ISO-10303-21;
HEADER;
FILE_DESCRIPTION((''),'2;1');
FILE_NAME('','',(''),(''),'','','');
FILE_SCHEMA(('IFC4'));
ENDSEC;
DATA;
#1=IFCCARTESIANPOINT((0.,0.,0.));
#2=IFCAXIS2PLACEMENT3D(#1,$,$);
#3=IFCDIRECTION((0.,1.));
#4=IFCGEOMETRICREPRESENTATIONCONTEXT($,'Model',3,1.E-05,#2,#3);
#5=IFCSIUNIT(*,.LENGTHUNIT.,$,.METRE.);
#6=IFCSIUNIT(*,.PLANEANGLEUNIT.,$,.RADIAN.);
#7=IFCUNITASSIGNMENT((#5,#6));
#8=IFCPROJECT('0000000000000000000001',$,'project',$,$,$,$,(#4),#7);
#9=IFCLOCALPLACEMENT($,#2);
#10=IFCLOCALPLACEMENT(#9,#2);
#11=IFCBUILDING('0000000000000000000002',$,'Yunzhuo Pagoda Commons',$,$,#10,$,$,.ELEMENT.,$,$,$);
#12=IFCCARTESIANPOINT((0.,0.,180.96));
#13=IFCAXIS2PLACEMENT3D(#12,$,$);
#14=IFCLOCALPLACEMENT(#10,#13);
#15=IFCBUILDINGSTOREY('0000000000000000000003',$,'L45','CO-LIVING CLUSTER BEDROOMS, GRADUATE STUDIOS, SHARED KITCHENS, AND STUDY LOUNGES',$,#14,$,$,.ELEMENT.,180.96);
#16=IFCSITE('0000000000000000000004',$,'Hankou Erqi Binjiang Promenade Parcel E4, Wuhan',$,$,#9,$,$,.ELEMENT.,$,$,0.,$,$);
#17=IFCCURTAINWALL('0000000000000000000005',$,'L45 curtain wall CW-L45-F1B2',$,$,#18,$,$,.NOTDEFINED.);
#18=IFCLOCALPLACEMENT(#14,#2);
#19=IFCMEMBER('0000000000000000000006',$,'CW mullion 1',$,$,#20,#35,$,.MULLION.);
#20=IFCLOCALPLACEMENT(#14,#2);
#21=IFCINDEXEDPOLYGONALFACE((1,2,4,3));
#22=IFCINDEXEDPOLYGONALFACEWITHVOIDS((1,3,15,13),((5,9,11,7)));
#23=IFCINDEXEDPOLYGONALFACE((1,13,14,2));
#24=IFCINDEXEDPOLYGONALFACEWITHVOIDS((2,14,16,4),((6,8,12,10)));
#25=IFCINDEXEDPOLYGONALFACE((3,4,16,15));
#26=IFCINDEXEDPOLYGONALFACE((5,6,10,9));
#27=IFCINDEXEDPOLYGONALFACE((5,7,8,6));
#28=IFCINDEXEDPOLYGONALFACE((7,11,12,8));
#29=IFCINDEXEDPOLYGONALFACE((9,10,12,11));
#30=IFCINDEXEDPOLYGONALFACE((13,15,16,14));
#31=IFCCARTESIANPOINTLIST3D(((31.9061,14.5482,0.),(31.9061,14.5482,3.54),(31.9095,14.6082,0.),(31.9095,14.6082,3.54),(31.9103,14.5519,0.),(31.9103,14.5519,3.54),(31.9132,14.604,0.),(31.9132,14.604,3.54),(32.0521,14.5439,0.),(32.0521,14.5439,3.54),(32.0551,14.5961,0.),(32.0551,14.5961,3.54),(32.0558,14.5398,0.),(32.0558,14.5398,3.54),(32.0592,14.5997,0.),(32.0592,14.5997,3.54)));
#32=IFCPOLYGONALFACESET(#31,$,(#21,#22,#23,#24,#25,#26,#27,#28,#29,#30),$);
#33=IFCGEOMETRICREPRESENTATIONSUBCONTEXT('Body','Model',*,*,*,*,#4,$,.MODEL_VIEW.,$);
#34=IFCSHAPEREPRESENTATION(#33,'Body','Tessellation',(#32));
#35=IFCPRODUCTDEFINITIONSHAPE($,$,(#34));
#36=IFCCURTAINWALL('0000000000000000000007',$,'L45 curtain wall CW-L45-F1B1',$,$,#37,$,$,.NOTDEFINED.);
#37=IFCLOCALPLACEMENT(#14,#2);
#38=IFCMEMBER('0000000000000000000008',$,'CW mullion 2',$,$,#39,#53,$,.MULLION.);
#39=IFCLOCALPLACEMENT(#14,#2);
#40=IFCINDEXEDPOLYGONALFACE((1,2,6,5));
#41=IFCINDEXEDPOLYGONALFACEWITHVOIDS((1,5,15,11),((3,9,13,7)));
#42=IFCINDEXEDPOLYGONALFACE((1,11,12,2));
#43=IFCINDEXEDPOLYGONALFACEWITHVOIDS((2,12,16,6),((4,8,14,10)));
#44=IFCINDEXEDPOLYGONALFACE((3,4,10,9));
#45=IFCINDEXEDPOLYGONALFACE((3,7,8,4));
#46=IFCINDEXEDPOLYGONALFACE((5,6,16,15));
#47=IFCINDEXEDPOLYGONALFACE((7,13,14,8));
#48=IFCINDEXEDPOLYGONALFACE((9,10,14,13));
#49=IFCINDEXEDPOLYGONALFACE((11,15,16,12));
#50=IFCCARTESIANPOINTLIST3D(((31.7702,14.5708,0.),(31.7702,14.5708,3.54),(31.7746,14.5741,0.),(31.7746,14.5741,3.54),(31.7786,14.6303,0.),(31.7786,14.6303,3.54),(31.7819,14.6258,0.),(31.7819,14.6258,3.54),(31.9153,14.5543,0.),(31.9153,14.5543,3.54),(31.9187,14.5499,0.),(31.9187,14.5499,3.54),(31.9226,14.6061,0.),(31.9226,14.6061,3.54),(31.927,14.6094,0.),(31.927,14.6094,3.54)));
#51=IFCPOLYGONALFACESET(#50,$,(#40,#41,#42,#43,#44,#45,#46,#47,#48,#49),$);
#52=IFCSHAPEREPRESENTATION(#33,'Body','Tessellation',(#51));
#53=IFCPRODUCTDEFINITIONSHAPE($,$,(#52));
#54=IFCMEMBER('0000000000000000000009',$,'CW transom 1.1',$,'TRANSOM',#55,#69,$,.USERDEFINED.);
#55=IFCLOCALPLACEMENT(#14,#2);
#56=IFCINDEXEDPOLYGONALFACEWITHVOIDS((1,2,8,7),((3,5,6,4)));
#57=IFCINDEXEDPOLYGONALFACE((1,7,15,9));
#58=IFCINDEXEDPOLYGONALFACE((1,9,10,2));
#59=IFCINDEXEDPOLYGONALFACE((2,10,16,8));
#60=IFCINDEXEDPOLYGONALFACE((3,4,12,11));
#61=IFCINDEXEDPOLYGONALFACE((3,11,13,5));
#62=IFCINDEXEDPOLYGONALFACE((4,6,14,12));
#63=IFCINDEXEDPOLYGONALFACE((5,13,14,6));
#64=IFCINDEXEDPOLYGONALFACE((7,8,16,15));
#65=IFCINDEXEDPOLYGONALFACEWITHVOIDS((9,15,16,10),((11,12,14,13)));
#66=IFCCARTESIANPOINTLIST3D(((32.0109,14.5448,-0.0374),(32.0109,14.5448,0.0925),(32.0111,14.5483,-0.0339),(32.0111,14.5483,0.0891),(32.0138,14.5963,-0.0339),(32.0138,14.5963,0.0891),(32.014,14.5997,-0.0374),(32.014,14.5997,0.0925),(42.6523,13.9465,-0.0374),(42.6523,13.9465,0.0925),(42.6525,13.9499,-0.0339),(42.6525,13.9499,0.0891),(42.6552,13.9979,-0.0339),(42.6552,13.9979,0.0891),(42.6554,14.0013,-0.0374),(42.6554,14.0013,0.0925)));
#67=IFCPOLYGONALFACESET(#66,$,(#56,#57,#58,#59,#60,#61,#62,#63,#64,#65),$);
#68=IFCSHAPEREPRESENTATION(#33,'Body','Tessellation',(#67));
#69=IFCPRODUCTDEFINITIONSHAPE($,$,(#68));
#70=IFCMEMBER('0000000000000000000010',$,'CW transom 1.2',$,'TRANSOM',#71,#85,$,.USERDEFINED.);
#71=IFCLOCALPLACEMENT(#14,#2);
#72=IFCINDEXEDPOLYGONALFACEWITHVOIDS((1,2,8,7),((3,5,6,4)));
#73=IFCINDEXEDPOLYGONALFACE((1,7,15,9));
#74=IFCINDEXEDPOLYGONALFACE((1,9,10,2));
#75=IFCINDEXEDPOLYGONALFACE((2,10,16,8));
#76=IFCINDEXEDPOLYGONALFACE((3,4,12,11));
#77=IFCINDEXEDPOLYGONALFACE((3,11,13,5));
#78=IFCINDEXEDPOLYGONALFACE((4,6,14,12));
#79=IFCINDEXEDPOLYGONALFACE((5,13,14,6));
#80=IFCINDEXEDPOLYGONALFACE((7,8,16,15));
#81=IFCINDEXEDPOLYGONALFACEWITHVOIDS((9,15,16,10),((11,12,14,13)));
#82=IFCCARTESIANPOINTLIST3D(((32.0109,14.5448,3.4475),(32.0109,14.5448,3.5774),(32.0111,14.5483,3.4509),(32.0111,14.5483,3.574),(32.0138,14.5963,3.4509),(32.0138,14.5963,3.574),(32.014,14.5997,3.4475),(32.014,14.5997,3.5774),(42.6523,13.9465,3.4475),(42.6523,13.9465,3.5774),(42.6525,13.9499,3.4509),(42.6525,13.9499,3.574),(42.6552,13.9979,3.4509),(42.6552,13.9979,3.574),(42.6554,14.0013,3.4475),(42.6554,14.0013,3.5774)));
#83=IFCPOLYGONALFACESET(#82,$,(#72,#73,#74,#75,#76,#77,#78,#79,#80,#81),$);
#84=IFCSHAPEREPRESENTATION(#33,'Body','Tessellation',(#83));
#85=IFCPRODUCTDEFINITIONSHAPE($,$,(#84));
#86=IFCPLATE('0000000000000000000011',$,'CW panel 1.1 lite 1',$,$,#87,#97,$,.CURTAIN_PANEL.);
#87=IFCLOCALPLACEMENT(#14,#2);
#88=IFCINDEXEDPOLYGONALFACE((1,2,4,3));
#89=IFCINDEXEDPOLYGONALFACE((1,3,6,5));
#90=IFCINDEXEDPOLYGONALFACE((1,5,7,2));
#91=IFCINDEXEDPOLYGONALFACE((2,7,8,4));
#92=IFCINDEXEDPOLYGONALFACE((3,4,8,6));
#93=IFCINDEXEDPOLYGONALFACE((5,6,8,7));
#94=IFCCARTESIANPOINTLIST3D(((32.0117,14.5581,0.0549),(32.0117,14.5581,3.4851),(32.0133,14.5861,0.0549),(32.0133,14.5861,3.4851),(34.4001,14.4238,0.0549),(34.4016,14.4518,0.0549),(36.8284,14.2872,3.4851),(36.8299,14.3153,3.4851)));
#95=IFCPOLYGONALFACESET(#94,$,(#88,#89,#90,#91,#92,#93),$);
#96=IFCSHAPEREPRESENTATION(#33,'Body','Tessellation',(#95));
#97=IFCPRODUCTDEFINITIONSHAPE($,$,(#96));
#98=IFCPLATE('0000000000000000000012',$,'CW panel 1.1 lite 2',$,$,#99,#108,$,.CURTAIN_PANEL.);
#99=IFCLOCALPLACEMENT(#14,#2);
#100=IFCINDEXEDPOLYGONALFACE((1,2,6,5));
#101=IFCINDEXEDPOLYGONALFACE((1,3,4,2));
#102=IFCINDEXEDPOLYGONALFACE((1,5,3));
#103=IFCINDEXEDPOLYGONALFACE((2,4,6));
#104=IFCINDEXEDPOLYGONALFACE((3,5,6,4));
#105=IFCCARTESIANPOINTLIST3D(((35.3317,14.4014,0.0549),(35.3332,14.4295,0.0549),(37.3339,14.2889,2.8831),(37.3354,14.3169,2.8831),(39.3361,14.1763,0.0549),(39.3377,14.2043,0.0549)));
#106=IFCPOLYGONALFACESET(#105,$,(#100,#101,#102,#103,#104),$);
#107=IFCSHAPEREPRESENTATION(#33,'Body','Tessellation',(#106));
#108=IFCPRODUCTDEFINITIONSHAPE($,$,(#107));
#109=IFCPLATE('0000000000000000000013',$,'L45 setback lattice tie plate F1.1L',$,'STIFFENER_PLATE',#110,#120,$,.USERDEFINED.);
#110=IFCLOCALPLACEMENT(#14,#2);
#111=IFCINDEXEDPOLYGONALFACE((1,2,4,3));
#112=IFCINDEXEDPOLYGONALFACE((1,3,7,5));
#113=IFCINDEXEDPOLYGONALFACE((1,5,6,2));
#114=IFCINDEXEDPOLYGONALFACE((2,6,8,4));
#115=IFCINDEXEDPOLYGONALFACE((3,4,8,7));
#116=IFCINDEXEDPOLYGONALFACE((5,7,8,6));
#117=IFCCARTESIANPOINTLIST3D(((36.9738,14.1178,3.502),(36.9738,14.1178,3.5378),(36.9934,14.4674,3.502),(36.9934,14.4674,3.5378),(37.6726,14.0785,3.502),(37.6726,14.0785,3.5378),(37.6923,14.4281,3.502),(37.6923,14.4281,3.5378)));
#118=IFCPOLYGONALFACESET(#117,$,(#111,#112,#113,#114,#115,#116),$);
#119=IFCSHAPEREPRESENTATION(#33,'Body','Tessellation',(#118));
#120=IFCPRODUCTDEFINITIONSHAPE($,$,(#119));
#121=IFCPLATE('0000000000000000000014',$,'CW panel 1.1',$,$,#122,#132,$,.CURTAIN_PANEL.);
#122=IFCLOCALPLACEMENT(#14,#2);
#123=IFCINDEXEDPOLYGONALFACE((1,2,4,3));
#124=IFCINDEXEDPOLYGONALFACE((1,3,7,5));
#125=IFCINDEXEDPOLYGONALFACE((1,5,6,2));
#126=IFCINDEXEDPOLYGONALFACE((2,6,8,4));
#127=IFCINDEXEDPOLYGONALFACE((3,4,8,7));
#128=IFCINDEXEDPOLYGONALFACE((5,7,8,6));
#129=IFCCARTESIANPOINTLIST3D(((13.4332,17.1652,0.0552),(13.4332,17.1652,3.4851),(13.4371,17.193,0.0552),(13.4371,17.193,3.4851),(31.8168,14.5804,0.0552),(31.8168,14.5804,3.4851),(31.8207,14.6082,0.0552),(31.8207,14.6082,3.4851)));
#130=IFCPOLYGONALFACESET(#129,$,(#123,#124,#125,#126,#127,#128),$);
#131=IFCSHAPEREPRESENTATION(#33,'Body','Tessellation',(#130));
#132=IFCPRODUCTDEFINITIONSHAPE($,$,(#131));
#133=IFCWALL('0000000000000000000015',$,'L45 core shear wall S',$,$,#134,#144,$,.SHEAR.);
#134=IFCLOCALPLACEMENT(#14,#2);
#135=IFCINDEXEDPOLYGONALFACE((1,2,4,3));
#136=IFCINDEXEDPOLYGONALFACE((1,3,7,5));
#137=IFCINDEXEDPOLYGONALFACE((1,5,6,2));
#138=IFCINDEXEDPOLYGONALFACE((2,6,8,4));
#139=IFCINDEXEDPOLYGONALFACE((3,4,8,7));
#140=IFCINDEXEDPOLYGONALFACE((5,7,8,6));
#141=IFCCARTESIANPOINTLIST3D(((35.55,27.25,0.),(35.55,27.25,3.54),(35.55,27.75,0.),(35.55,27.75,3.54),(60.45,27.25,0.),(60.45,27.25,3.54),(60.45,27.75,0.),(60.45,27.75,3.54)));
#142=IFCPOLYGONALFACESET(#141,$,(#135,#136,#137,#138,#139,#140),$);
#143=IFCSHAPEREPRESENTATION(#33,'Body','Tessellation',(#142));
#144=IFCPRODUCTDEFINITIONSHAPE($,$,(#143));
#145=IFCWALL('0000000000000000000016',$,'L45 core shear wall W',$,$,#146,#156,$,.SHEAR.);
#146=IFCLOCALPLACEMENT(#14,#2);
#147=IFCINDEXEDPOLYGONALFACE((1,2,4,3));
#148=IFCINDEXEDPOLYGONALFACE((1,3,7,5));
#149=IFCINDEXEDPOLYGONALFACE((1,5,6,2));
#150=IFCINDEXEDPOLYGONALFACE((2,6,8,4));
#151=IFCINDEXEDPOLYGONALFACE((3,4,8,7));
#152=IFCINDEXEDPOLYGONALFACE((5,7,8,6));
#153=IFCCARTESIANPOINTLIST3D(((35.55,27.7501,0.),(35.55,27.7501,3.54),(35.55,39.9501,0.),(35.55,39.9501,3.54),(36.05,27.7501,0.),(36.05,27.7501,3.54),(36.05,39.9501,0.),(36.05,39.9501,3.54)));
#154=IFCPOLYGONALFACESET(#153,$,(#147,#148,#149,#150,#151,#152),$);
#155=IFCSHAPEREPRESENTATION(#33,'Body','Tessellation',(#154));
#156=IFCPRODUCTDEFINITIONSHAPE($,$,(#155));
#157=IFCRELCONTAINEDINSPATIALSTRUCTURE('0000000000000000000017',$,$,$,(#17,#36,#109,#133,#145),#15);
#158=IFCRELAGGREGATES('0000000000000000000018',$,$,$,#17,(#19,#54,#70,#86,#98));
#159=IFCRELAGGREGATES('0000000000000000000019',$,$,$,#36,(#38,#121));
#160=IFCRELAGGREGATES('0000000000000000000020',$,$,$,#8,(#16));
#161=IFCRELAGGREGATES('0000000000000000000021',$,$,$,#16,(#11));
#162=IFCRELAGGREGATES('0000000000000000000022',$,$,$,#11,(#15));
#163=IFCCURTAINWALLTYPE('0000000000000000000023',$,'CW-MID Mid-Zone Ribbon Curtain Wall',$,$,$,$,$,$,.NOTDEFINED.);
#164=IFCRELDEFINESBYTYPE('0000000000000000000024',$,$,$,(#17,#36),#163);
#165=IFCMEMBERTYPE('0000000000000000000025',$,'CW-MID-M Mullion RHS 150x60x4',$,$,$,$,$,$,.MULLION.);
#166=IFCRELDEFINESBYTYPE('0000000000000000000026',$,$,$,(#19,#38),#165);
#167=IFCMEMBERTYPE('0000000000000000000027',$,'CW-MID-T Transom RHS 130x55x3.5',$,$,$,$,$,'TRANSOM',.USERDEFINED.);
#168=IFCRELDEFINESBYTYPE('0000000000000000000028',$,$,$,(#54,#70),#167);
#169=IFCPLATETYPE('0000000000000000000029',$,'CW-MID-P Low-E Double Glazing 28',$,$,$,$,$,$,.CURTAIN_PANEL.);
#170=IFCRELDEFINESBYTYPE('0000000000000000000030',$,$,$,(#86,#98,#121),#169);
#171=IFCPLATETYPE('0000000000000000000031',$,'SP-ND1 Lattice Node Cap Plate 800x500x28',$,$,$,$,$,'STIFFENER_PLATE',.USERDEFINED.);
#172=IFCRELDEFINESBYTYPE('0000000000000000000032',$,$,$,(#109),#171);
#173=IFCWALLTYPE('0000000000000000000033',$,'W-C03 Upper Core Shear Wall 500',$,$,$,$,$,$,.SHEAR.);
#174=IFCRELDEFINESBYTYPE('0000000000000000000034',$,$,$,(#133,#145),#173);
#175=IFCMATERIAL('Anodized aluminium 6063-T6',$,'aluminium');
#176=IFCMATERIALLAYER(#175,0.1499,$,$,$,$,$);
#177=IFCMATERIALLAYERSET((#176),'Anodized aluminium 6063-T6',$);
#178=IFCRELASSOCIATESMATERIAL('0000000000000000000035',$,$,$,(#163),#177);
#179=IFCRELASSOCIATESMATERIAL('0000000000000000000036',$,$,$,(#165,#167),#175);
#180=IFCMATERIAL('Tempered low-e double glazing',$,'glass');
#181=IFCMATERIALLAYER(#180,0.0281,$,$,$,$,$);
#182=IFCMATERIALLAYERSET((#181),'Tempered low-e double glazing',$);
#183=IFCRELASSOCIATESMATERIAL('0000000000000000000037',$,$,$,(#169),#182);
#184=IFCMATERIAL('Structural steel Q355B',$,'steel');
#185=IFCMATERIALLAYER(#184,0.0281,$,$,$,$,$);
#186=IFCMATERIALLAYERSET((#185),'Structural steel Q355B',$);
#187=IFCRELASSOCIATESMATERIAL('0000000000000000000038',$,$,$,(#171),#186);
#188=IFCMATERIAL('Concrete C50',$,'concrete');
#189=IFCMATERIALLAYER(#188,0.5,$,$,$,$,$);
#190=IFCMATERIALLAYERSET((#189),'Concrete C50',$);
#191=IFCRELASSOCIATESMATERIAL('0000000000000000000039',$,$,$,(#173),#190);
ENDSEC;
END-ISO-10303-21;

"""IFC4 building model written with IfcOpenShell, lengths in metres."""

from ifc_helpers import new_model, si_unit, direction, frame, frame_2d, origin, origin_2d, place, context, subcontext, project, spatial, polyline, rectangle, hollow_rectangle, outline, extrude, source, transform, mapped, material, layer, layer_set, material_profile, profile_set, type_object, element, aggregate, save


model = new_model("IFC4")

# Units and contexts
model_context = context("Model", 3, precision=1e-05, world=origin(), true_north=direction((0.0, 1.0)))
body_context = subcontext(model_context, "Body", "Model", "MODEL_VIEW")
ifc_project = project(units=[si_unit("LENGTHUNIT", "METRE"), si_unit("PLANEANGLEUNIT", "RADIAN")], contexts=[model_context])

# Site, building, storey
site_placement = place(None, origin())
site = spatial("IfcSite", under=ifc_project, at=site_placement, Name="Hankou Erqi Binjiang Promenade Parcel E4, Wuhan", CompositionType="ELEMENT", RefElevation=0.0)
building_placement = place(site_placement, origin())
building = spatial("IfcBuilding", under=site, at=building_placement, Name="Yunzhuo Pagoda Commons", CompositionType="ELEMENT")
storey_placement = place(building_placement, frame((0.0, 0.0, 180.96)))
storey = spatial("IfcBuildingStorey", under=building, at=storey_placement, Name="L45", Description="CO-LIVING CLUSTER BEDROOMS, GRADUATE STUDIOS, SHARED KITCHENS, AND STUDY LOUNGES", CompositionType="ELEMENT", Elevation=180.96)

# Shared definitions
ifc_material_1 = material(Name="Structural steel Q355B", Category="steel")

# Curtain walls, members
ifc_material_2 = material(Name="Anodized aluminium 6063-T6", Category="aluminium")
ifc_layer_1 = layer(ifc_material_2, 0.1499)
ifc_layer_set_1 = layer_set([ifc_layer_1], Name="Anodized aluminium 6063-T6")
curtain_wall_type = type_object("IfcCurtainWallType", Name="CW-MID Mid-Zone Ribbon Curtain Wall", PredefinedType="NOTDEFINED", material=ifc_layer_set_1)
curtain_wall_1_placement = place(storey_placement, origin())
curtain_wall_1 = element("IfcCurtainWall", 1, at=curtain_wall_1_placement, inside=storey, type_object=curtain_wall_type, Name="L45 curtain wall CW-L45-F1B2", PredefinedType="NOTDEFINED")
ifc_material_profile_1 = material_profile(ifc_material_2, hollow_rectangle(XDim=0.0601, YDim=0.1499, WallThickness=0.0039, at=origin_2d()), Name="Anodized aluminium 6063-T6")
ifc_profile_set_1 = profile_set([ifc_material_profile_1], Name="Anodized aluminium 6063-T6")
member_type_1 = type_object("IfcMemberType", Name="CW-MID-M Mullion RHS 150x60x4", PredefinedType="MULLION", material=ifc_profile_set_1)
shared_shape_1 = source(origin(), body_context, "Body", "SweptSolid", [
    extrude(hollow_rectangle(XDim=0.0601, YDim=0.1499, WallThickness=0.0039, at=origin_2d()), origin(), (0.0, 0.0, 1.0), 3.54),
])
member_1_placement = place(storey_placement, frame((31.9827, 14.574, 0.0), z_axis=(0.0, 0.0, 1.0), x_axis=(0.056143, 0.998423, 0.0)))
member_1 = element("IfcMember", 2, at=member_1_placement, type_object=member_type_1, Name="CW mullion 1", PredefinedType="MULLION", context=body_context, shape_type="MappedRepresentation", body=[
    mapped(shared_shape_1, transform((0.0, 0.0, 0.0), scale=1.0)),
])
curtain_wall_2_placement = place(storey_placement, origin())
curtain_wall_2 = element("IfcCurtainWall", 3, at=curtain_wall_2_placement, inside=storey, type_object=curtain_wall_type, Name="L45 curtain wall CW-L45-F1B1", PredefinedType="NOTDEFINED")
member_2_placement = place(storey_placement, frame((31.8486, 14.5901, 0.0), z_axis=(0.0, 0.0, 1.0), x_axis=(0.139233, 0.99026, 0.0)))
member_2 = element("IfcMember", 4, at=member_2_placement, type_object=member_type_1, Name="CW mullion 2", PredefinedType="MULLION", context=body_context, shape_type="MappedRepresentation", body=[
    mapped(shared_shape_1, transform((0.0, 0.0, 0.0), scale=1.0)),
])

# Members
ifc_material_profile_2 = material_profile(ifc_material_2, hollow_rectangle(XDim=0.0549, YDim=0.1299, WallThickness=0.0034, at=origin_2d()), Name="Anodized aluminium 6063-T6")
ifc_profile_set_2 = profile_set([ifc_material_profile_2], Name="Anodized aluminium 6063-T6")
member_type_2 = type_object("IfcMemberType", Name="CW-MID-T Transom RHS 130x55x3.5", ElementType="TRANSOM", PredefinedType="USERDEFINED", material=ifc_profile_set_2)
shared_shape_2 = source(origin(), body_context, "Body", "SweptSolid", [
    extrude(hollow_rectangle(XDim=0.0549, YDim=0.1299, WallThickness=0.0034, at=origin_2d()), origin(), (0.0, 0.0, 1.0), 10.6582),
])
member_3_placement = place(storey_placement, frame((32.0125, 14.5723, 0.0276), z_axis=(0.998423, -0.056144, 0.0), x_axis=(0.056144, 0.998423, 0.0)))
member_3 = element("IfcMember", 5, at=member_3_placement, type_object=member_type_2, Name="CW transom 1.1", ObjectType="TRANSOM", PredefinedType="USERDEFINED", context=body_context, shape_type="MappedRepresentation", body=[
    mapped(shared_shape_2, transform((0.0, 0.0, 0.0), scale=1.0)),
])
member_4_placement = place(storey_placement, frame((32.0125, 14.5723, 3.5125), z_axis=(0.998423, -0.056144, 0.0), x_axis=(0.056144, 0.998423, 0.0)))
member_4 = element("IfcMember", 6, at=member_4_placement, type_object=member_type_2, Name="CW transom 1.2", ObjectType="TRANSOM", PredefinedType="USERDEFINED", context=body_context, shape_type="MappedRepresentation", body=[
    mapped(shared_shape_2, transform((0.0, 0.0, 0.0), scale=1.0)),
])

# Plates
ifc_material_3 = material(Name="Tempered low-e double glazing", Category="glass")
ifc_layer_2 = layer(ifc_material_3, 0.0281)
ifc_layer_set_2 = layer_set([ifc_layer_2], Name="Tempered low-e double glazing")
plate_type_1 = type_object("IfcPlateType", Name="CW-MID-P Low-E Double Glazing 28", PredefinedType="CURTAIN_PANEL", material=ifc_layer_set_2)
plate_1_placement = place(storey_placement, frame((34.4216, 14.4507, 1.77), z_axis=(-0.056143, -0.998423, 0.0), x_axis=(0.998423, -0.056143, 0.0)))
plate_1 = element("IfcPlate", 7, at=plate_1_placement, type_object=plate_type_1, Name="CW panel 1.1 lite 1", PredefinedType="CURTAIN_PANEL", context=body_context, shape_type="SweptSolid", body=[
    extrude(outline(polyline([(-2.4121, -1.7151), (-0.02, -1.7151), (2.4121, 1.7151), (-2.4121, 1.7151), (-2.4121, -1.7151)])), origin(), (0.0, 0.0, 1.0), 0.0281),
])
plate_2_placement = place(storey_placement, frame((37.3354, 14.3169, 1.469), z_axis=(-0.056143, -0.998423, 0.0), x_axis=(0.998423, -0.056143, 0.0)))
plate_2 = element("IfcPlate", 8, at=plate_2_placement, type_object=plate_type_1, Name="CW panel 1.1 lite 2", PredefinedType="CURTAIN_PANEL", context=body_context, shape_type="SweptSolid", body=[
    extrude(outline(polyline([(-2.0054, -1.4141), (2.0054, -1.4141), (0.0, 1.4141), (-2.0054, -1.4141)])), origin(), (0.0, 0.0, 1.0), 0.0281),
])
aggregate(curtain_wall_1, [member_1, member_3, member_4, plate_1, plate_2])
ifc_layer_3 = layer(ifc_material_1, 0.0281)
ifc_layer_set_3 = layer_set([ifc_layer_3], Name="Structural steel Q355B")
plate_type_2 = type_object("IfcPlateType", Name="SP-ND1 Lattice Node Cap Plate 800x500x28", ElementType="STIFFENER_PLATE", PredefinedType="USERDEFINED", material=ifc_layer_set_3)
shared_shape_3 = source(origin(), body_context, "Body", "SweptSolid", [
    extrude(rectangle(XDim=0.7, YDim=0.3501, at=origin_2d()), origin(), (0.0, 0.0, 1.0), 0.0359),
])
plate_3_placement = place(storey_placement, frame((37.333, 14.2729, 3.502), z_axis=(0.0, 0.0, 1.0), x_axis=(0.998423, -0.056135, 0.0)))
element("IfcPlate", 9, at=plate_3_placement, inside=storey, type_object=plate_type_2, Name="L45 setback lattice tie plate F1.1L", ObjectType="STIFFENER_PLATE", PredefinedType="USERDEFINED", context=body_context, shape_type="MappedRepresentation", body=[
    mapped(shared_shape_3, transform((0.0, 0.0, 0.0), scale=1.0)),
])
shared_shape_4 = source(origin(), body_context, "Body", "SweptSolid", [
    extrude(rectangle(XDim=18.5645, YDim=0.0281, at=origin_2d()), origin(), (0.0, 0.0, 1.0), 3.4299),
])
plate_4_placement = place(storey_placement, frame((22.627, 15.8867, 0.0552), z_axis=(0.0, 0.0, 1.0), x_axis=(0.99026, -0.139233, 0.0)))
plate_4 = element("IfcPlate", 10, at=plate_4_placement, type_object=plate_type_1, Name="CW panel 1.1", PredefinedType="CURTAIN_PANEL", context=body_context, shape_type="MappedRepresentation", body=[
    mapped(shared_shape_4, transform((0.0, 0.0, 0.0), scale=1.0)),
])
aggregate(curtain_wall_2, [member_2, plate_4])

# Walls
ifc_material_4 = material(Name="Concrete C50", Category="concrete")
ifc_layer_4 = layer(ifc_material_4, 0.5)
ifc_layer_set_4 = layer_set([ifc_layer_4], Name="Concrete C50")
wall_type_1 = type_object("IfcWallType", Name="W-C03 Upper Core Shear Wall 500", PredefinedType="SHEAR", material=ifc_layer_set_4)
wall_1_placement = place(storey_placement, frame((35.55, 27.5, 0.0), z_axis=(0.0, 0.0, 1.0), x_axis=(1.0, 0.0, 0.0)))
element("IfcWall", 11, at=wall_1_placement, inside=storey, type_object=wall_type_1, Name="L45 core shear wall S", PredefinedType="SHEAR", context=body_context, shape_type="SweptSolid", body=[
    extrude(rectangle(XDim=24.8999, YDim=0.5, at=frame_2d((12.45, 0.0))), origin(), (0.0, 0.0, 1.0), 3.54),
])
wall_2_placement = place(storey_placement, frame((35.8, 27.75, 0.0), z_axis=(0.0, 0.0, 1.0), x_axis=(0.0, 1.0, 0.0)))
element("IfcWall", 12, at=wall_2_placement, inside=storey, type_object=wall_type_1, Name="L45 core shear wall W", PredefinedType="SHEAR", context=body_context, shape_type="SweptSolid", body=[
    extrude(rectangle(XDim=12.2, YDim=0.5, at=frame_2d((6.1001, 0.0))), origin(), (0.0, 0.0, 1.0), 3.54),
])

save(model, "model.ifc")
